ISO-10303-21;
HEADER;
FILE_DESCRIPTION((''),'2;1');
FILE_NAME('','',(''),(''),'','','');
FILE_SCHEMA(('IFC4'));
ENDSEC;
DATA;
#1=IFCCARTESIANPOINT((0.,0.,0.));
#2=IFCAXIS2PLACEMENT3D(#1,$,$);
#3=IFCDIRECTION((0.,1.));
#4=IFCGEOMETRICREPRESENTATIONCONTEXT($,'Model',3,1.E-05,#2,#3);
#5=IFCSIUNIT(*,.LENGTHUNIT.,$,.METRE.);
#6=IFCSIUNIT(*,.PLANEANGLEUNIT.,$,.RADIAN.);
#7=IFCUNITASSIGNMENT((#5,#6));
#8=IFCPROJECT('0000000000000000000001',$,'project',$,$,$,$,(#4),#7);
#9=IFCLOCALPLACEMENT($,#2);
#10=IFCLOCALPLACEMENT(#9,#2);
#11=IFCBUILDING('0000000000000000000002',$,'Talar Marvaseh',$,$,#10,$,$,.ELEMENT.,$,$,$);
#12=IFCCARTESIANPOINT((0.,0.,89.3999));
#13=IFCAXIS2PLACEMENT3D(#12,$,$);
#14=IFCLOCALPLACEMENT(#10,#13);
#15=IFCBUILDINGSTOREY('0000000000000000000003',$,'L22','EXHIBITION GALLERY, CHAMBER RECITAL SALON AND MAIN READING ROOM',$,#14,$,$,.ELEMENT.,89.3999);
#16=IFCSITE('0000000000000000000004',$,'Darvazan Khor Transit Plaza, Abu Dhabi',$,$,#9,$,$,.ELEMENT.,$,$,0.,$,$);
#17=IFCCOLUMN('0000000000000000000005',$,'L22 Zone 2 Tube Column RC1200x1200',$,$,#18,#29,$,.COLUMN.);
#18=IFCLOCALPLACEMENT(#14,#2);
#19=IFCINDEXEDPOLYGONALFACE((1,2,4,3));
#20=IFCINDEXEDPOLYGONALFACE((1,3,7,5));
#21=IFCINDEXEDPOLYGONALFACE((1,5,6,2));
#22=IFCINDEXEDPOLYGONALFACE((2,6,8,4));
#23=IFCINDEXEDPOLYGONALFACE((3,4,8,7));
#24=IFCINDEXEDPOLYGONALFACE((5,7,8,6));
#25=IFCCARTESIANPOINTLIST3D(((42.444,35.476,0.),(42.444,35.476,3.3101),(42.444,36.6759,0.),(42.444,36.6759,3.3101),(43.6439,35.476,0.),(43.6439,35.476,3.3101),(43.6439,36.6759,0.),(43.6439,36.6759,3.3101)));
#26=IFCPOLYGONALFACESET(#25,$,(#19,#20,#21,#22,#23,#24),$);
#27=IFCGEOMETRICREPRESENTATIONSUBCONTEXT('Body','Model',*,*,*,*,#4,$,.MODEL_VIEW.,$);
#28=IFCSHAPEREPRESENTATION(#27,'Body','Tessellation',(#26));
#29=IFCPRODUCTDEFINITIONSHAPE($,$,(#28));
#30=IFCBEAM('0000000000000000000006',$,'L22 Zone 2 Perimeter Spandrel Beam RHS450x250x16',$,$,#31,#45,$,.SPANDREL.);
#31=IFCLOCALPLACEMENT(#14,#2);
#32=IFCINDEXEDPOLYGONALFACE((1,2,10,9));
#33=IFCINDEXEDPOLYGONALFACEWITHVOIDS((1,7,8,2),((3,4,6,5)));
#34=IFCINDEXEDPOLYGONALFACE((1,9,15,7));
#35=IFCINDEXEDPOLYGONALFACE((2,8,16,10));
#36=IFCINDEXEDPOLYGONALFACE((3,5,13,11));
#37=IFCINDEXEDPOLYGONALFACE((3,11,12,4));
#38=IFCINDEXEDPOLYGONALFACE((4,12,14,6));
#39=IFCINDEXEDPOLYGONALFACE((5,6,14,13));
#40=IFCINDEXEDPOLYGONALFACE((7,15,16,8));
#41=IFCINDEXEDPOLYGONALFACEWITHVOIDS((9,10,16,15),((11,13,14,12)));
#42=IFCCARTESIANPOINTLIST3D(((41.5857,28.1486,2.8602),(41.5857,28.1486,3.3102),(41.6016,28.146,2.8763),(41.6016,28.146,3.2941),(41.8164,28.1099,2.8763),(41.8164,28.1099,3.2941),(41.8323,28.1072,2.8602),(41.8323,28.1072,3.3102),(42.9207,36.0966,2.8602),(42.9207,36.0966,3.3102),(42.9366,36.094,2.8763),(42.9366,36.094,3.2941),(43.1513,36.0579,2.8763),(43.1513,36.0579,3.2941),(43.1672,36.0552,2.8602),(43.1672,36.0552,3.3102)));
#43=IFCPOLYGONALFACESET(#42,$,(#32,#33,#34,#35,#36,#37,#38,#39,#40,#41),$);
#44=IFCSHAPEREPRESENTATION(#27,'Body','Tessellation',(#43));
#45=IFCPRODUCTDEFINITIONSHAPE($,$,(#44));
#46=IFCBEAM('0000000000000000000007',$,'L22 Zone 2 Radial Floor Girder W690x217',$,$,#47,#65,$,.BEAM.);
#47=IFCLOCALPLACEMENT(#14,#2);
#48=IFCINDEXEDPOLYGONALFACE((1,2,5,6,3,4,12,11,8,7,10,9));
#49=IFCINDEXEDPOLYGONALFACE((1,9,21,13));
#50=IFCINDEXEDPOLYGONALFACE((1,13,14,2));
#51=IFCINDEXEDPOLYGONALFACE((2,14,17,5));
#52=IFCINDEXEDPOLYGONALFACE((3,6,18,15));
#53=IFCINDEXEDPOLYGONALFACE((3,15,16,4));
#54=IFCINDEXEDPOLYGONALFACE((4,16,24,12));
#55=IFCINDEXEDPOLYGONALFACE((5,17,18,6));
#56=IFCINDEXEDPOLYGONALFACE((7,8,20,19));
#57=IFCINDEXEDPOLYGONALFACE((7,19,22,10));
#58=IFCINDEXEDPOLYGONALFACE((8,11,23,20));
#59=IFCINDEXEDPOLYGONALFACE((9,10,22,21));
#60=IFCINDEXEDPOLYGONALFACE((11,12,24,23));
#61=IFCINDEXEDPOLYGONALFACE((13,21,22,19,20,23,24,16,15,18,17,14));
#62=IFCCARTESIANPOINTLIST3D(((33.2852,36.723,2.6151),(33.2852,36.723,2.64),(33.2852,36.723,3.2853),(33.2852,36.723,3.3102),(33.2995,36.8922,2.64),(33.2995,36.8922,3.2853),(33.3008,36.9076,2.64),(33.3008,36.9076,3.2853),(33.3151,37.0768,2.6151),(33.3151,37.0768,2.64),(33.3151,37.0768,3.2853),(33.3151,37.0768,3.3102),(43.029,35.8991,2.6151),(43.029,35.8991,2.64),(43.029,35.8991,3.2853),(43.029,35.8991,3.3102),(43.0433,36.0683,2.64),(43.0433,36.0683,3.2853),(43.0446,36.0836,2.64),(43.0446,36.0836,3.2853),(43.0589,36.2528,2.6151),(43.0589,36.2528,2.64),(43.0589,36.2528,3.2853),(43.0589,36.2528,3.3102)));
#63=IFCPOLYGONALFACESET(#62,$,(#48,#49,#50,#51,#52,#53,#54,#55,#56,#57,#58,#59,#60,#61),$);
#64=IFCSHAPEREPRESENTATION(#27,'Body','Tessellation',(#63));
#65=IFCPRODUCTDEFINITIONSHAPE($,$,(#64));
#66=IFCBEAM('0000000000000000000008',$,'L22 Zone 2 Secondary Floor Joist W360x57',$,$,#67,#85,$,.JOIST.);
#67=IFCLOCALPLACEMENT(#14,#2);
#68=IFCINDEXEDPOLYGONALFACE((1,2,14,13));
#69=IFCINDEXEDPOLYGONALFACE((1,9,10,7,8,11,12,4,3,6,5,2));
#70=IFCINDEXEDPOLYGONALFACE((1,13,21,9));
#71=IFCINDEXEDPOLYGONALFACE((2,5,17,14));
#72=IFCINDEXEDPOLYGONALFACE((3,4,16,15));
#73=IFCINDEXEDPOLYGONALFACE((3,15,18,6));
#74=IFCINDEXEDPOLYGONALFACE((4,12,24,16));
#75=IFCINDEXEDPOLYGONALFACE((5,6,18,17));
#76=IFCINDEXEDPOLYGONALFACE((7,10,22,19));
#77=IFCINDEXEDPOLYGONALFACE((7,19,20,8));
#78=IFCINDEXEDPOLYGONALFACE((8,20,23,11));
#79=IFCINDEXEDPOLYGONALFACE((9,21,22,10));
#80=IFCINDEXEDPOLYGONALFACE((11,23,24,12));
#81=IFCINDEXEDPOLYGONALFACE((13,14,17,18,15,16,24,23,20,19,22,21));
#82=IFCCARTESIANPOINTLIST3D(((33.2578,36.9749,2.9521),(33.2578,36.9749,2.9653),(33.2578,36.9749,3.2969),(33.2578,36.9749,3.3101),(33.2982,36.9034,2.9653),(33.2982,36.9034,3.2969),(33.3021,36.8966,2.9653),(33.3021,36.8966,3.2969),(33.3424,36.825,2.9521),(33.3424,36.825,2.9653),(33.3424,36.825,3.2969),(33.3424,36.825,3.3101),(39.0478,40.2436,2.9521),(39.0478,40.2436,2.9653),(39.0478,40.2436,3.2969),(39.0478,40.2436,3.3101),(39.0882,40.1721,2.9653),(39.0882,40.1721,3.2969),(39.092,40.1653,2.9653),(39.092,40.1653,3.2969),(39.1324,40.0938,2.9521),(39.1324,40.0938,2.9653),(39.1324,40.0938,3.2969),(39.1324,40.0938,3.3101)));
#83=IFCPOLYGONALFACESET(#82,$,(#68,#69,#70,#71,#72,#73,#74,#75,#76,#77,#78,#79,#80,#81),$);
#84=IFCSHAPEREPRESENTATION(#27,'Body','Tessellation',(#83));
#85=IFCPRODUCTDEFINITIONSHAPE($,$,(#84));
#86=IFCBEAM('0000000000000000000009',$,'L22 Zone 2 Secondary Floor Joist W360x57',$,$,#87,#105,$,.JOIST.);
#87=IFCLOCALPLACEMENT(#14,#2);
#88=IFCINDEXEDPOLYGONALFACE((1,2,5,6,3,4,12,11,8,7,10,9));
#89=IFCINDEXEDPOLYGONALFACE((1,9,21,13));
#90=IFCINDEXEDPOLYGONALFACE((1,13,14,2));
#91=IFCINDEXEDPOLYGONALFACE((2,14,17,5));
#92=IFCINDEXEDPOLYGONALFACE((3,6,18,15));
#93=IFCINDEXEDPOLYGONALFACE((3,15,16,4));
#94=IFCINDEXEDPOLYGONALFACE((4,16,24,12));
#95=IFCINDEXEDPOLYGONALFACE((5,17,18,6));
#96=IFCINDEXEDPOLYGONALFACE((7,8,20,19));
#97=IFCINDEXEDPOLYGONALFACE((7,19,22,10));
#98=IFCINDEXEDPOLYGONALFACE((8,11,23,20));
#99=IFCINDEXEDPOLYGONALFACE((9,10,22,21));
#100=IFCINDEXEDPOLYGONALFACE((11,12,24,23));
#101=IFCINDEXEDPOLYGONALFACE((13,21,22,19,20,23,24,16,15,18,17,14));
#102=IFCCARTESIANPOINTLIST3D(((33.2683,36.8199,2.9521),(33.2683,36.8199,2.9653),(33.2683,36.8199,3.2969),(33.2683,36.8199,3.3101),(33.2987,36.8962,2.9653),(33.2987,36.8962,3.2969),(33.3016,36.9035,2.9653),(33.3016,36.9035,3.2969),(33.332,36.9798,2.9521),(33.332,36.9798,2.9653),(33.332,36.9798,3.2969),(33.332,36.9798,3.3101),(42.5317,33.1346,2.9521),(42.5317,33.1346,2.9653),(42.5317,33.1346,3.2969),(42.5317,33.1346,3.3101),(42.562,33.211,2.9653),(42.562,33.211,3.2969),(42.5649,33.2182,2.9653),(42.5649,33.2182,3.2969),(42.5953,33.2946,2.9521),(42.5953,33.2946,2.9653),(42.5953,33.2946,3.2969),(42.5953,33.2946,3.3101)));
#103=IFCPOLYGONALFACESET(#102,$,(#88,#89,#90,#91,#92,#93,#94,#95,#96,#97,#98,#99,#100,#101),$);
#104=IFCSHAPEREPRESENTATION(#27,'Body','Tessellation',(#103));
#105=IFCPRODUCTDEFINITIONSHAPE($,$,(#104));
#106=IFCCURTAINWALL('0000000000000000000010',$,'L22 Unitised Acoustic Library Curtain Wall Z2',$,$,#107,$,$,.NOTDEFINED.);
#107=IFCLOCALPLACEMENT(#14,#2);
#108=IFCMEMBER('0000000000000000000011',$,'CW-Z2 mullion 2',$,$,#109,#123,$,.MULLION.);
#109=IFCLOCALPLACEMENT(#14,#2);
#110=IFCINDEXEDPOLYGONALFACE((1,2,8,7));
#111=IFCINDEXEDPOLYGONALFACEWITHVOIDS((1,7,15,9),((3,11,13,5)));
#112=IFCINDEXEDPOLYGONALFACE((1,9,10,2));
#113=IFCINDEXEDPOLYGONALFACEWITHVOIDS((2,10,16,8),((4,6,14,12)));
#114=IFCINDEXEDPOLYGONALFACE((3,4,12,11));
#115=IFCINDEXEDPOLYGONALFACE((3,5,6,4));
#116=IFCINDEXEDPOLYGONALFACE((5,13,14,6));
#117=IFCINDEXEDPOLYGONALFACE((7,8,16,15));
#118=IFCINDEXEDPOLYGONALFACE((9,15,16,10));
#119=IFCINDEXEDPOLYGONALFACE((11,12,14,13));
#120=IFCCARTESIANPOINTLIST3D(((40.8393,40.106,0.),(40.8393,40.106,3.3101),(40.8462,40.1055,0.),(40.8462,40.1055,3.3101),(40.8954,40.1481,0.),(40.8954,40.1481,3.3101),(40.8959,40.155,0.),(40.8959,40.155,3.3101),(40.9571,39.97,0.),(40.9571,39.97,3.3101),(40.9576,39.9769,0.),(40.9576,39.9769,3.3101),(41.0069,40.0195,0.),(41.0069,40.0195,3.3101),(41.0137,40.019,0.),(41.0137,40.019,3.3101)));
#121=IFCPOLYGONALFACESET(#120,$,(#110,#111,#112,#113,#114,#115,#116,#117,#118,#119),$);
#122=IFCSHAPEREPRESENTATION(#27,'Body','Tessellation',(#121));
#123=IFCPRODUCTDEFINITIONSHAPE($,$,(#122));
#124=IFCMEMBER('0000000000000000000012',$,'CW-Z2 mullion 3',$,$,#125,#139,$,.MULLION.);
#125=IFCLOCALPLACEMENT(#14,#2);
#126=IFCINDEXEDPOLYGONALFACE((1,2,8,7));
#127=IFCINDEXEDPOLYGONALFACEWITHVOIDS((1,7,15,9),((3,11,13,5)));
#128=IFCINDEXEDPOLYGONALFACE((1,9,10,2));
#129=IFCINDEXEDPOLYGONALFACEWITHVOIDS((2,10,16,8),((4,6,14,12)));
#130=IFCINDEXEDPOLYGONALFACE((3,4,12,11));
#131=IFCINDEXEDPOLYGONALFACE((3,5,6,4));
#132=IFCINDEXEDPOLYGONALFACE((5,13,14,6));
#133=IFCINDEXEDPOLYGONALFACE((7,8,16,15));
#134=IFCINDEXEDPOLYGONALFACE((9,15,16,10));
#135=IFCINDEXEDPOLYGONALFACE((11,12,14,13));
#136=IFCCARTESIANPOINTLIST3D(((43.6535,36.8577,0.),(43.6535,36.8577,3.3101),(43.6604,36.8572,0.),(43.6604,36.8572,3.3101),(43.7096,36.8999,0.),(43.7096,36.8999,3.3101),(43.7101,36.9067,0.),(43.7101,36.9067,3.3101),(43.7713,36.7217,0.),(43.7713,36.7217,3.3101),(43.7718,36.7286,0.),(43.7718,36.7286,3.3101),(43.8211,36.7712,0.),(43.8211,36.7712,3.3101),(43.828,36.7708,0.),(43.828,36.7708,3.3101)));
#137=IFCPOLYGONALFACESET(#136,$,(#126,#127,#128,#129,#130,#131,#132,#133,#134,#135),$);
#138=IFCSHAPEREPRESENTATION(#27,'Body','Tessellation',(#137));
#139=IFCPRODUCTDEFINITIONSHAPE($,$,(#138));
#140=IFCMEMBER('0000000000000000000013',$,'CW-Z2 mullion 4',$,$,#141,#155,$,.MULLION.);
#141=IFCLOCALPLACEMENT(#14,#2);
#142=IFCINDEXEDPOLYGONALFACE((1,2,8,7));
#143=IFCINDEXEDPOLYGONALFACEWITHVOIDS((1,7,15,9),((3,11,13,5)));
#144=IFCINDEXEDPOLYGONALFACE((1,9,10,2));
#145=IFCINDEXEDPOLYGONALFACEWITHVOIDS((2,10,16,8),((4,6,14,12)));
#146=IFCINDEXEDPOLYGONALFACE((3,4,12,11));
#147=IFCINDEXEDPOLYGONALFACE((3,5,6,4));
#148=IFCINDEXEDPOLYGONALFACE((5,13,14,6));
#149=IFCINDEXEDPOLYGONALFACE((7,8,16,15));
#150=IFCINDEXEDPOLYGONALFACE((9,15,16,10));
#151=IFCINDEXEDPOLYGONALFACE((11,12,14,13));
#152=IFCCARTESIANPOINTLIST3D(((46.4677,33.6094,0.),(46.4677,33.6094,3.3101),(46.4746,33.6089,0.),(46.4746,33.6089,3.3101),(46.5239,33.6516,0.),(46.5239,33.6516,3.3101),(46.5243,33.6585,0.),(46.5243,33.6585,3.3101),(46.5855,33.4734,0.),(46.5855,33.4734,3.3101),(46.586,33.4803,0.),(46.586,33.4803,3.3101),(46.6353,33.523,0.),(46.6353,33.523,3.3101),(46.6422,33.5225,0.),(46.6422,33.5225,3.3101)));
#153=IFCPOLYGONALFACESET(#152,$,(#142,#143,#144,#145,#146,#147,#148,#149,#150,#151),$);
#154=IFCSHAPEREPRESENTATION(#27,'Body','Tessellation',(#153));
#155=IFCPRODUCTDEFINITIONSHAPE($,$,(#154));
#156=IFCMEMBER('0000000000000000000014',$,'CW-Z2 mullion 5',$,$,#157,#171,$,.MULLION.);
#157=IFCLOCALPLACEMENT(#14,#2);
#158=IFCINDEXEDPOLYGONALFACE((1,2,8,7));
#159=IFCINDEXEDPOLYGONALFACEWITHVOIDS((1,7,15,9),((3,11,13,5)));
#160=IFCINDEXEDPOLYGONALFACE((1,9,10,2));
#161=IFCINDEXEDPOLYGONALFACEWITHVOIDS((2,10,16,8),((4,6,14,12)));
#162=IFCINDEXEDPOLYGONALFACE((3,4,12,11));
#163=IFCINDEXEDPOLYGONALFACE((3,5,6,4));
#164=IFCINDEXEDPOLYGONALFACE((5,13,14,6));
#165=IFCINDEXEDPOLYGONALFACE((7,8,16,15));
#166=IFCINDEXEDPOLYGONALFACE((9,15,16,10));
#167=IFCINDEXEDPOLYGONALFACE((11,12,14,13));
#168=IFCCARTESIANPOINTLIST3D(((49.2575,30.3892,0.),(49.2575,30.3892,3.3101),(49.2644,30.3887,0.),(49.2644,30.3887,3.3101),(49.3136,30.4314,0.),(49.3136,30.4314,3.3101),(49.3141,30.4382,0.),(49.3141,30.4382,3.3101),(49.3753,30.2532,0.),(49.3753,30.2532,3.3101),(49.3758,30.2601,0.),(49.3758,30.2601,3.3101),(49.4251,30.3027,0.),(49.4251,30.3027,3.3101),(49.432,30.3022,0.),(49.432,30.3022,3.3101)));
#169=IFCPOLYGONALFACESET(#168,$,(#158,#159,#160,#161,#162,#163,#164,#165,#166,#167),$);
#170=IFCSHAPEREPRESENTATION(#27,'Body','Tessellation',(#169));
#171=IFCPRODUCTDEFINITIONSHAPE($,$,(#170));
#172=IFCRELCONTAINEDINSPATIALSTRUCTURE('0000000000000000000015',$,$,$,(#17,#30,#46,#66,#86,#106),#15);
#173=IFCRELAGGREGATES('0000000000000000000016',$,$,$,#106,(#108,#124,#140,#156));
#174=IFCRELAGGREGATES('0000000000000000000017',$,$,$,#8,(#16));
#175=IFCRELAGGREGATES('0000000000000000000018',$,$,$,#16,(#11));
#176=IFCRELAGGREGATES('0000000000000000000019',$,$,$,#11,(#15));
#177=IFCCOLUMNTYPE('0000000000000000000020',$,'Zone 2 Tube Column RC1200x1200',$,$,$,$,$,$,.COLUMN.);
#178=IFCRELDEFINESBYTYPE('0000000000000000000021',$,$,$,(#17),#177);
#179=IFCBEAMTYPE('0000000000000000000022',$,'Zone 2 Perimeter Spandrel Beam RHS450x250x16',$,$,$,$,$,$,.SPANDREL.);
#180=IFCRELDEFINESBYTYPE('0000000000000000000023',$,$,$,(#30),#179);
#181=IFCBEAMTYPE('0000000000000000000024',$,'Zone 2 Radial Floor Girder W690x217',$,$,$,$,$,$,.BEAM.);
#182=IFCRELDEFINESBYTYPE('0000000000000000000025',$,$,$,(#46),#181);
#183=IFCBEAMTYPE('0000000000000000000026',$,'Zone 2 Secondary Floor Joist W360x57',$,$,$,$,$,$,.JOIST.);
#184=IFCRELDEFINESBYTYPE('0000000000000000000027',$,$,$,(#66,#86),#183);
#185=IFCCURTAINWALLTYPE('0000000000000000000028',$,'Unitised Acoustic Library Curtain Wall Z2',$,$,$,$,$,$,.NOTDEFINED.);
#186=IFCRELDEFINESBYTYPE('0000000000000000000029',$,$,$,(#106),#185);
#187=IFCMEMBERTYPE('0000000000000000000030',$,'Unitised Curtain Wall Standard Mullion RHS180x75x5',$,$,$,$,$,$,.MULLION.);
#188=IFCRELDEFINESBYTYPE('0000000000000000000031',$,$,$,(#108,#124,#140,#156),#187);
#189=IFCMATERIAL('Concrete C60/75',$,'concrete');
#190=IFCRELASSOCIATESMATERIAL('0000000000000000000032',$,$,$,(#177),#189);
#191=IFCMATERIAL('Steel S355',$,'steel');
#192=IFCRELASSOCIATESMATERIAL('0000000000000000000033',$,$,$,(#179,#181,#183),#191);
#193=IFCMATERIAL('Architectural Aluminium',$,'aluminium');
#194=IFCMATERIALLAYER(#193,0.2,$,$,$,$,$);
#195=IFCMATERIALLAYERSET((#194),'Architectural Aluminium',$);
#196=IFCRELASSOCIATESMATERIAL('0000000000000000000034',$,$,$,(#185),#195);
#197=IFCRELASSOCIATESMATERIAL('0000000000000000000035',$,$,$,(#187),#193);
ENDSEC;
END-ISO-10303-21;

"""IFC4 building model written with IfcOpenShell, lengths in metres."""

from ifc_helpers import new_model, si_unit, direction, frame, origin, origin_2d, place, context, subcontext, project, spatial, rectangle, hollow_rectangle, i_section, extrude, source, transform, mapped, material, layer, layer_set, material_profile, profile_set, type_object, type_shapes, element, aggregate, save


model = new_model("IFC4")

# Units and contexts
model_context = context("Model", 3, precision=1e-05, world=origin(), true_north=direction((0.0, 1.0)))
body_context = subcontext(model_context, "Body", "Model", "MODEL_VIEW")
ifc_project = project(units=[si_unit("LENGTHUNIT", "METRE"), si_unit("PLANEANGLEUNIT", "RADIAN")], contexts=[model_context])

# Site, building, storey
site_placement = place(None, origin())
site = spatial("IfcSite", under=ifc_project, at=site_placement, Name="Darvazan Khor Transit Plaza, Abu Dhabi", CompositionType="ELEMENT", RefElevation=0.0)
building_placement = place(site_placement, origin())
building = spatial("IfcBuilding", under=site, at=building_placement, Name="Talar Marvaseh", CompositionType="ELEMENT")
storey_placement = place(building_placement, frame((0.0, 0.0, 89.3999)))
storey = spatial("IfcBuildingStorey", under=building, at=storey_placement, Name="L22", Description="EXHIBITION GALLERY, CHAMBER RECITAL SALON AND MAIN READING ROOM", CompositionType="ELEMENT", Elevation=89.3999)

# Column
ifc_material_1 = material(Name="Concrete C60/75", Category="concrete")
ifc_material_profile_1 = material_profile(ifc_material_1, rectangle(XDim=1.2, YDim=1.2, at=origin_2d()), Name="RC1200x1200")
ifc_profile_set_1 = profile_set([ifc_material_profile_1], Name="Concrete C60/75")
column_type = type_object("IfcColumnType", Name="Zone 2 Tube Column RC1200x1200", PredefinedType="COLUMN", material=ifc_profile_set_1)
column_placement = place(storey_placement, frame((43.0439, 36.0759, 0.0), z_axis=(0.0, 0.0, 1.0), x_axis=(1.0, 0.0, 0.0)))
element("IfcColumn", 1, at=column_placement, inside=storey, type_object=column_type, Name="L22 Zone 2 Tube Column RC1200x1200", PredefinedType="COLUMN", context=body_context, shape_type="SweptSolid", body=[
    extrude(rectangle(XDim=1.2, YDim=1.2, at=origin_2d()), origin(), (0.0, 0.0, 1.0), 3.3101),
])

# Beams
ifc_material_2 = material(Name="Steel S355", Category="steel")
ifc_material_profile_2 = material_profile(ifc_material_2, hollow_rectangle(XDim=0.25, YDim=0.45, WallThickness=0.0161, at=origin_2d()), Name="RHS450x250x16")
ifc_profile_set_2 = profile_set([ifc_material_profile_2], Name="Steel S355")
beam_type_1 = type_object("IfcBeamType", Name="Zone 2 Perimeter Spandrel Beam RHS450x250x16", PredefinedType="SPANDREL", material=ifc_profile_set_2)
beam_1_placement = place(storey_placement, frame((43.0439, 36.0759, 3.0852), z_axis=(-0.165642, -0.986186, 0.0), x_axis=(0.986186, -0.165642, 0.0)))
element("IfcBeam", 2, at=beam_1_placement, inside=storey, type_object=beam_type_1, Name="L22 Zone 2 Perimeter Spandrel Beam RHS450x250x16", PredefinedType="SPANDREL", context=body_context, shape_type="SweptSolid", body=[
    extrude(hollow_rectangle(XDim=0.25, YDim=0.45, WallThickness=0.0161, at=origin_2d()), origin(), (0.0, 0.0, 1.0), 8.0593),
])
ifc_material_profile_3 = material_profile(ifc_material_2, i_section(OverallWidth=0.355, OverallDepth=0.6951, WebThickness=0.0154, FlangeThickness=0.0249, at=origin_2d()), Name="W690x217")
ifc_profile_set_3 = profile_set([ifc_material_profile_3], Name="Steel S355")
beam_type_2 = type_object("IfcBeamType", Name="Zone 2 Radial Floor Girder W690x217", PredefinedType="BEAM", material=ifc_profile_set_3)
beam_2_placement = place(storey_placement, frame((43.0439, 36.0759, 2.9626), z_axis=(-0.996444, 0.084262, 0.0), x_axis=(-0.084262, -0.996444, 0.0)))
element("IfcBeam", 3, at=beam_2_placement, inside=storey, type_object=beam_type_2, Name="L22 Zone 2 Radial Floor Girder W690x217", PredefinedType="BEAM", context=body_context, shape_type="SweptSolid", body=[
    extrude(i_section(OverallWidth=0.355, OverallDepth=0.6951, WebThickness=0.0154, FlangeThickness=0.0249, at=origin_2d()), origin(), (0.0, 0.0, 1.0), 9.7786),
])
ifc_material_profile_4 = material_profile(ifc_material_2, i_section(OverallWidth=0.1721, OverallDepth=0.3579, WebThickness=0.0078, FlangeThickness=0.0132, at=origin_2d()), Name="W360x57")
ifc_profile_set_4 = profile_set([ifc_material_profile_4], Name="Steel S355")
beam_type_3 = type_object("IfcBeamType", Name="Zone 2 Secondary Floor Joist W360x57", PredefinedType="JOIST", material=ifc_profile_set_4)
beam_3_placement = place(storey_placement, frame((39.0901, 40.1687, 3.1311), z_axis=(-0.87081, -0.49162, 0.0), x_axis=(0.49162, -0.87081, 0.0)))
element("IfcBeam", 4, at=beam_3_placement, inside=storey, type_object=beam_type_3, Name="L22 Zone 2 Secondary Floor Joist W360x57", PredefinedType="JOIST", context=body_context, shape_type="SweptSolid", body=[
    extrude(i_section(OverallWidth=0.1721, OverallDepth=0.3579, WebThickness=0.0078, FlangeThickness=0.0132, at=origin_2d()), origin(), (0.0, 0.0, 1.0), 6.6489),
])
beam_4_placement = place(storey_placement, frame((42.5635, 33.2146, 3.1311), z_axis=(-0.929169, 0.369655, 0.0), x_axis=(-0.369655, -0.929169, 0.0)))
element("IfcBeam", 5, at=beam_4_placement, inside=storey, type_object=beam_type_3, Name="L22 Zone 2 Secondary Floor Joist W360x57", PredefinedType="JOIST", context=body_context, shape_type="SweptSolid", body=[
    extrude(i_section(OverallWidth=0.1721, OverallDepth=0.3579, WebThickness=0.0078, FlangeThickness=0.0132, at=origin_2d()), origin(), (0.0, 0.0, 1.0), 9.9695),
])

# Curtain wall, members
ifc_material_3 = material(Name="Architectural Aluminium", Category="aluminium")
ifc_layer_1 = layer(ifc_material_3, 0.2)
ifc_layer_set_1 = layer_set([ifc_layer_1], Name="Architectural Aluminium")
curtain_wall_type = type_object("IfcCurtainWallType", Name="Unitised Acoustic Library Curtain Wall Z2", PredefinedType="NOTDEFINED", material=ifc_layer_set_1)
curtain_wall_placement = place(storey_placement, origin())
curtain_wall = element("IfcCurtainWall", 6, at=curtain_wall_placement, inside=storey, type_object=curtain_wall_type, Name="L22 Unitised Acoustic Library Curtain Wall Z2", PredefinedType="NOTDEFINED")
ifc_material_profile_5 = material_profile(ifc_material_3, hollow_rectangle(XDim=0.075, YDim=0.1799, WallThickness=0.0049, at=origin_2d()), Name="RHS180x75x5")
ifc_profile_set_5 = profile_set([ifc_material_profile_5], Name="Architectural Aluminium")
member_type_1 = type_object("IfcMemberType", Name="Unitised Curtain Wall Standard Mullion RHS180x75x5", PredefinedType="MULLION", material=ifc_profile_set_5)
shared_shape_1 = source(origin(), body_context, "Body", "SweptSolid", [
    extrude(hollow_rectangle(XDim=0.075, YDim=0.1799, WallThickness=0.0049, at=origin_2d()), origin(), (0.0, 0.0, 1.0), 3.3101),
])
type_shapes(member_type_1, [shared_shape_1])
member_1_placement = place(storey_placement, frame((40.9265, 40.0625, 0.0), z_axis=(0.0, 0.0, 1.0), x_axis=(0.755811, 0.65479, 0.0)))
member_1 = element("IfcMember", 7, at=member_1_placement, type_object=member_type_1, Name="CW-Z2 mullion 2", PredefinedType="MULLION", context=body_context, shape_type="MappedRepresentation", body=[
    mapped(shared_shape_1, transform((0.0, 0.0, 0.0), x_axis=(1.0, 0.0, 0.0), y_axis=(0.0, 1.0, 0.0), z_axis=(0.0, 0.0, 1.0), scale=1.0)),
])
member_2_placement = place(storey_placement, frame((43.7407, 36.8142, 0.0), z_axis=(0.0, 0.0, 1.0), x_axis=(0.755811, 0.65479, 0.0)))
member_2 = element("IfcMember", 8, at=member_2_placement, type_object=member_type_1, Name="CW-Z2 mullion 3", PredefinedType="MULLION", context=body_context, shape_type="MappedRepresentation", body=[
    mapped(shared_shape_1, transform((0.0, 0.0, 0.0), x_axis=(1.0, 0.0, 0.0), y_axis=(0.0, 1.0, 0.0), z_axis=(0.0, 0.0, 1.0), scale=1.0)),
])
member_3_placement = place(storey_placement, frame((46.5549, 33.5659, 0.0), z_axis=(0.0, 0.0, 1.0), x_axis=(0.755811, 0.65479, 0.0)))
member_3 = element("IfcMember", 9, at=member_3_placement, type_object=member_type_1, Name="CW-Z2 mullion 4", PredefinedType="MULLION", context=body_context, shape_type="MappedRepresentation", body=[
    mapped(shared_shape_1, transform((0.0, 0.0, 0.0), x_axis=(1.0, 0.0, 0.0), y_axis=(0.0, 1.0, 0.0), z_axis=(0.0, 0.0, 1.0), scale=1.0)),
])
member_4_placement = place(storey_placement, frame((49.3447, 30.3457, 0.0), z_axis=(0.0, 0.0, 1.0), x_axis=(0.755811, 0.65479, 0.0)))
member_4 = element("IfcMember", 10, at=member_4_placement, type_object=member_type_1, Name="CW-Z2 mullion 5", PredefinedType="MULLION", context=body_context, shape_type="MappedRepresentation", body=[
    mapped(shared_shape_1, transform((0.0, 0.0, 0.0), x_axis=(1.0, 0.0, 0.0), y_axis=(0.0, 1.0, 0.0), z_axis=(0.0, 0.0, 1.0), scale=1.0)),
])
aggregate(curtain_wall, [member_1, member_2, member_3, member_4])

save(model, "model.ifc")
